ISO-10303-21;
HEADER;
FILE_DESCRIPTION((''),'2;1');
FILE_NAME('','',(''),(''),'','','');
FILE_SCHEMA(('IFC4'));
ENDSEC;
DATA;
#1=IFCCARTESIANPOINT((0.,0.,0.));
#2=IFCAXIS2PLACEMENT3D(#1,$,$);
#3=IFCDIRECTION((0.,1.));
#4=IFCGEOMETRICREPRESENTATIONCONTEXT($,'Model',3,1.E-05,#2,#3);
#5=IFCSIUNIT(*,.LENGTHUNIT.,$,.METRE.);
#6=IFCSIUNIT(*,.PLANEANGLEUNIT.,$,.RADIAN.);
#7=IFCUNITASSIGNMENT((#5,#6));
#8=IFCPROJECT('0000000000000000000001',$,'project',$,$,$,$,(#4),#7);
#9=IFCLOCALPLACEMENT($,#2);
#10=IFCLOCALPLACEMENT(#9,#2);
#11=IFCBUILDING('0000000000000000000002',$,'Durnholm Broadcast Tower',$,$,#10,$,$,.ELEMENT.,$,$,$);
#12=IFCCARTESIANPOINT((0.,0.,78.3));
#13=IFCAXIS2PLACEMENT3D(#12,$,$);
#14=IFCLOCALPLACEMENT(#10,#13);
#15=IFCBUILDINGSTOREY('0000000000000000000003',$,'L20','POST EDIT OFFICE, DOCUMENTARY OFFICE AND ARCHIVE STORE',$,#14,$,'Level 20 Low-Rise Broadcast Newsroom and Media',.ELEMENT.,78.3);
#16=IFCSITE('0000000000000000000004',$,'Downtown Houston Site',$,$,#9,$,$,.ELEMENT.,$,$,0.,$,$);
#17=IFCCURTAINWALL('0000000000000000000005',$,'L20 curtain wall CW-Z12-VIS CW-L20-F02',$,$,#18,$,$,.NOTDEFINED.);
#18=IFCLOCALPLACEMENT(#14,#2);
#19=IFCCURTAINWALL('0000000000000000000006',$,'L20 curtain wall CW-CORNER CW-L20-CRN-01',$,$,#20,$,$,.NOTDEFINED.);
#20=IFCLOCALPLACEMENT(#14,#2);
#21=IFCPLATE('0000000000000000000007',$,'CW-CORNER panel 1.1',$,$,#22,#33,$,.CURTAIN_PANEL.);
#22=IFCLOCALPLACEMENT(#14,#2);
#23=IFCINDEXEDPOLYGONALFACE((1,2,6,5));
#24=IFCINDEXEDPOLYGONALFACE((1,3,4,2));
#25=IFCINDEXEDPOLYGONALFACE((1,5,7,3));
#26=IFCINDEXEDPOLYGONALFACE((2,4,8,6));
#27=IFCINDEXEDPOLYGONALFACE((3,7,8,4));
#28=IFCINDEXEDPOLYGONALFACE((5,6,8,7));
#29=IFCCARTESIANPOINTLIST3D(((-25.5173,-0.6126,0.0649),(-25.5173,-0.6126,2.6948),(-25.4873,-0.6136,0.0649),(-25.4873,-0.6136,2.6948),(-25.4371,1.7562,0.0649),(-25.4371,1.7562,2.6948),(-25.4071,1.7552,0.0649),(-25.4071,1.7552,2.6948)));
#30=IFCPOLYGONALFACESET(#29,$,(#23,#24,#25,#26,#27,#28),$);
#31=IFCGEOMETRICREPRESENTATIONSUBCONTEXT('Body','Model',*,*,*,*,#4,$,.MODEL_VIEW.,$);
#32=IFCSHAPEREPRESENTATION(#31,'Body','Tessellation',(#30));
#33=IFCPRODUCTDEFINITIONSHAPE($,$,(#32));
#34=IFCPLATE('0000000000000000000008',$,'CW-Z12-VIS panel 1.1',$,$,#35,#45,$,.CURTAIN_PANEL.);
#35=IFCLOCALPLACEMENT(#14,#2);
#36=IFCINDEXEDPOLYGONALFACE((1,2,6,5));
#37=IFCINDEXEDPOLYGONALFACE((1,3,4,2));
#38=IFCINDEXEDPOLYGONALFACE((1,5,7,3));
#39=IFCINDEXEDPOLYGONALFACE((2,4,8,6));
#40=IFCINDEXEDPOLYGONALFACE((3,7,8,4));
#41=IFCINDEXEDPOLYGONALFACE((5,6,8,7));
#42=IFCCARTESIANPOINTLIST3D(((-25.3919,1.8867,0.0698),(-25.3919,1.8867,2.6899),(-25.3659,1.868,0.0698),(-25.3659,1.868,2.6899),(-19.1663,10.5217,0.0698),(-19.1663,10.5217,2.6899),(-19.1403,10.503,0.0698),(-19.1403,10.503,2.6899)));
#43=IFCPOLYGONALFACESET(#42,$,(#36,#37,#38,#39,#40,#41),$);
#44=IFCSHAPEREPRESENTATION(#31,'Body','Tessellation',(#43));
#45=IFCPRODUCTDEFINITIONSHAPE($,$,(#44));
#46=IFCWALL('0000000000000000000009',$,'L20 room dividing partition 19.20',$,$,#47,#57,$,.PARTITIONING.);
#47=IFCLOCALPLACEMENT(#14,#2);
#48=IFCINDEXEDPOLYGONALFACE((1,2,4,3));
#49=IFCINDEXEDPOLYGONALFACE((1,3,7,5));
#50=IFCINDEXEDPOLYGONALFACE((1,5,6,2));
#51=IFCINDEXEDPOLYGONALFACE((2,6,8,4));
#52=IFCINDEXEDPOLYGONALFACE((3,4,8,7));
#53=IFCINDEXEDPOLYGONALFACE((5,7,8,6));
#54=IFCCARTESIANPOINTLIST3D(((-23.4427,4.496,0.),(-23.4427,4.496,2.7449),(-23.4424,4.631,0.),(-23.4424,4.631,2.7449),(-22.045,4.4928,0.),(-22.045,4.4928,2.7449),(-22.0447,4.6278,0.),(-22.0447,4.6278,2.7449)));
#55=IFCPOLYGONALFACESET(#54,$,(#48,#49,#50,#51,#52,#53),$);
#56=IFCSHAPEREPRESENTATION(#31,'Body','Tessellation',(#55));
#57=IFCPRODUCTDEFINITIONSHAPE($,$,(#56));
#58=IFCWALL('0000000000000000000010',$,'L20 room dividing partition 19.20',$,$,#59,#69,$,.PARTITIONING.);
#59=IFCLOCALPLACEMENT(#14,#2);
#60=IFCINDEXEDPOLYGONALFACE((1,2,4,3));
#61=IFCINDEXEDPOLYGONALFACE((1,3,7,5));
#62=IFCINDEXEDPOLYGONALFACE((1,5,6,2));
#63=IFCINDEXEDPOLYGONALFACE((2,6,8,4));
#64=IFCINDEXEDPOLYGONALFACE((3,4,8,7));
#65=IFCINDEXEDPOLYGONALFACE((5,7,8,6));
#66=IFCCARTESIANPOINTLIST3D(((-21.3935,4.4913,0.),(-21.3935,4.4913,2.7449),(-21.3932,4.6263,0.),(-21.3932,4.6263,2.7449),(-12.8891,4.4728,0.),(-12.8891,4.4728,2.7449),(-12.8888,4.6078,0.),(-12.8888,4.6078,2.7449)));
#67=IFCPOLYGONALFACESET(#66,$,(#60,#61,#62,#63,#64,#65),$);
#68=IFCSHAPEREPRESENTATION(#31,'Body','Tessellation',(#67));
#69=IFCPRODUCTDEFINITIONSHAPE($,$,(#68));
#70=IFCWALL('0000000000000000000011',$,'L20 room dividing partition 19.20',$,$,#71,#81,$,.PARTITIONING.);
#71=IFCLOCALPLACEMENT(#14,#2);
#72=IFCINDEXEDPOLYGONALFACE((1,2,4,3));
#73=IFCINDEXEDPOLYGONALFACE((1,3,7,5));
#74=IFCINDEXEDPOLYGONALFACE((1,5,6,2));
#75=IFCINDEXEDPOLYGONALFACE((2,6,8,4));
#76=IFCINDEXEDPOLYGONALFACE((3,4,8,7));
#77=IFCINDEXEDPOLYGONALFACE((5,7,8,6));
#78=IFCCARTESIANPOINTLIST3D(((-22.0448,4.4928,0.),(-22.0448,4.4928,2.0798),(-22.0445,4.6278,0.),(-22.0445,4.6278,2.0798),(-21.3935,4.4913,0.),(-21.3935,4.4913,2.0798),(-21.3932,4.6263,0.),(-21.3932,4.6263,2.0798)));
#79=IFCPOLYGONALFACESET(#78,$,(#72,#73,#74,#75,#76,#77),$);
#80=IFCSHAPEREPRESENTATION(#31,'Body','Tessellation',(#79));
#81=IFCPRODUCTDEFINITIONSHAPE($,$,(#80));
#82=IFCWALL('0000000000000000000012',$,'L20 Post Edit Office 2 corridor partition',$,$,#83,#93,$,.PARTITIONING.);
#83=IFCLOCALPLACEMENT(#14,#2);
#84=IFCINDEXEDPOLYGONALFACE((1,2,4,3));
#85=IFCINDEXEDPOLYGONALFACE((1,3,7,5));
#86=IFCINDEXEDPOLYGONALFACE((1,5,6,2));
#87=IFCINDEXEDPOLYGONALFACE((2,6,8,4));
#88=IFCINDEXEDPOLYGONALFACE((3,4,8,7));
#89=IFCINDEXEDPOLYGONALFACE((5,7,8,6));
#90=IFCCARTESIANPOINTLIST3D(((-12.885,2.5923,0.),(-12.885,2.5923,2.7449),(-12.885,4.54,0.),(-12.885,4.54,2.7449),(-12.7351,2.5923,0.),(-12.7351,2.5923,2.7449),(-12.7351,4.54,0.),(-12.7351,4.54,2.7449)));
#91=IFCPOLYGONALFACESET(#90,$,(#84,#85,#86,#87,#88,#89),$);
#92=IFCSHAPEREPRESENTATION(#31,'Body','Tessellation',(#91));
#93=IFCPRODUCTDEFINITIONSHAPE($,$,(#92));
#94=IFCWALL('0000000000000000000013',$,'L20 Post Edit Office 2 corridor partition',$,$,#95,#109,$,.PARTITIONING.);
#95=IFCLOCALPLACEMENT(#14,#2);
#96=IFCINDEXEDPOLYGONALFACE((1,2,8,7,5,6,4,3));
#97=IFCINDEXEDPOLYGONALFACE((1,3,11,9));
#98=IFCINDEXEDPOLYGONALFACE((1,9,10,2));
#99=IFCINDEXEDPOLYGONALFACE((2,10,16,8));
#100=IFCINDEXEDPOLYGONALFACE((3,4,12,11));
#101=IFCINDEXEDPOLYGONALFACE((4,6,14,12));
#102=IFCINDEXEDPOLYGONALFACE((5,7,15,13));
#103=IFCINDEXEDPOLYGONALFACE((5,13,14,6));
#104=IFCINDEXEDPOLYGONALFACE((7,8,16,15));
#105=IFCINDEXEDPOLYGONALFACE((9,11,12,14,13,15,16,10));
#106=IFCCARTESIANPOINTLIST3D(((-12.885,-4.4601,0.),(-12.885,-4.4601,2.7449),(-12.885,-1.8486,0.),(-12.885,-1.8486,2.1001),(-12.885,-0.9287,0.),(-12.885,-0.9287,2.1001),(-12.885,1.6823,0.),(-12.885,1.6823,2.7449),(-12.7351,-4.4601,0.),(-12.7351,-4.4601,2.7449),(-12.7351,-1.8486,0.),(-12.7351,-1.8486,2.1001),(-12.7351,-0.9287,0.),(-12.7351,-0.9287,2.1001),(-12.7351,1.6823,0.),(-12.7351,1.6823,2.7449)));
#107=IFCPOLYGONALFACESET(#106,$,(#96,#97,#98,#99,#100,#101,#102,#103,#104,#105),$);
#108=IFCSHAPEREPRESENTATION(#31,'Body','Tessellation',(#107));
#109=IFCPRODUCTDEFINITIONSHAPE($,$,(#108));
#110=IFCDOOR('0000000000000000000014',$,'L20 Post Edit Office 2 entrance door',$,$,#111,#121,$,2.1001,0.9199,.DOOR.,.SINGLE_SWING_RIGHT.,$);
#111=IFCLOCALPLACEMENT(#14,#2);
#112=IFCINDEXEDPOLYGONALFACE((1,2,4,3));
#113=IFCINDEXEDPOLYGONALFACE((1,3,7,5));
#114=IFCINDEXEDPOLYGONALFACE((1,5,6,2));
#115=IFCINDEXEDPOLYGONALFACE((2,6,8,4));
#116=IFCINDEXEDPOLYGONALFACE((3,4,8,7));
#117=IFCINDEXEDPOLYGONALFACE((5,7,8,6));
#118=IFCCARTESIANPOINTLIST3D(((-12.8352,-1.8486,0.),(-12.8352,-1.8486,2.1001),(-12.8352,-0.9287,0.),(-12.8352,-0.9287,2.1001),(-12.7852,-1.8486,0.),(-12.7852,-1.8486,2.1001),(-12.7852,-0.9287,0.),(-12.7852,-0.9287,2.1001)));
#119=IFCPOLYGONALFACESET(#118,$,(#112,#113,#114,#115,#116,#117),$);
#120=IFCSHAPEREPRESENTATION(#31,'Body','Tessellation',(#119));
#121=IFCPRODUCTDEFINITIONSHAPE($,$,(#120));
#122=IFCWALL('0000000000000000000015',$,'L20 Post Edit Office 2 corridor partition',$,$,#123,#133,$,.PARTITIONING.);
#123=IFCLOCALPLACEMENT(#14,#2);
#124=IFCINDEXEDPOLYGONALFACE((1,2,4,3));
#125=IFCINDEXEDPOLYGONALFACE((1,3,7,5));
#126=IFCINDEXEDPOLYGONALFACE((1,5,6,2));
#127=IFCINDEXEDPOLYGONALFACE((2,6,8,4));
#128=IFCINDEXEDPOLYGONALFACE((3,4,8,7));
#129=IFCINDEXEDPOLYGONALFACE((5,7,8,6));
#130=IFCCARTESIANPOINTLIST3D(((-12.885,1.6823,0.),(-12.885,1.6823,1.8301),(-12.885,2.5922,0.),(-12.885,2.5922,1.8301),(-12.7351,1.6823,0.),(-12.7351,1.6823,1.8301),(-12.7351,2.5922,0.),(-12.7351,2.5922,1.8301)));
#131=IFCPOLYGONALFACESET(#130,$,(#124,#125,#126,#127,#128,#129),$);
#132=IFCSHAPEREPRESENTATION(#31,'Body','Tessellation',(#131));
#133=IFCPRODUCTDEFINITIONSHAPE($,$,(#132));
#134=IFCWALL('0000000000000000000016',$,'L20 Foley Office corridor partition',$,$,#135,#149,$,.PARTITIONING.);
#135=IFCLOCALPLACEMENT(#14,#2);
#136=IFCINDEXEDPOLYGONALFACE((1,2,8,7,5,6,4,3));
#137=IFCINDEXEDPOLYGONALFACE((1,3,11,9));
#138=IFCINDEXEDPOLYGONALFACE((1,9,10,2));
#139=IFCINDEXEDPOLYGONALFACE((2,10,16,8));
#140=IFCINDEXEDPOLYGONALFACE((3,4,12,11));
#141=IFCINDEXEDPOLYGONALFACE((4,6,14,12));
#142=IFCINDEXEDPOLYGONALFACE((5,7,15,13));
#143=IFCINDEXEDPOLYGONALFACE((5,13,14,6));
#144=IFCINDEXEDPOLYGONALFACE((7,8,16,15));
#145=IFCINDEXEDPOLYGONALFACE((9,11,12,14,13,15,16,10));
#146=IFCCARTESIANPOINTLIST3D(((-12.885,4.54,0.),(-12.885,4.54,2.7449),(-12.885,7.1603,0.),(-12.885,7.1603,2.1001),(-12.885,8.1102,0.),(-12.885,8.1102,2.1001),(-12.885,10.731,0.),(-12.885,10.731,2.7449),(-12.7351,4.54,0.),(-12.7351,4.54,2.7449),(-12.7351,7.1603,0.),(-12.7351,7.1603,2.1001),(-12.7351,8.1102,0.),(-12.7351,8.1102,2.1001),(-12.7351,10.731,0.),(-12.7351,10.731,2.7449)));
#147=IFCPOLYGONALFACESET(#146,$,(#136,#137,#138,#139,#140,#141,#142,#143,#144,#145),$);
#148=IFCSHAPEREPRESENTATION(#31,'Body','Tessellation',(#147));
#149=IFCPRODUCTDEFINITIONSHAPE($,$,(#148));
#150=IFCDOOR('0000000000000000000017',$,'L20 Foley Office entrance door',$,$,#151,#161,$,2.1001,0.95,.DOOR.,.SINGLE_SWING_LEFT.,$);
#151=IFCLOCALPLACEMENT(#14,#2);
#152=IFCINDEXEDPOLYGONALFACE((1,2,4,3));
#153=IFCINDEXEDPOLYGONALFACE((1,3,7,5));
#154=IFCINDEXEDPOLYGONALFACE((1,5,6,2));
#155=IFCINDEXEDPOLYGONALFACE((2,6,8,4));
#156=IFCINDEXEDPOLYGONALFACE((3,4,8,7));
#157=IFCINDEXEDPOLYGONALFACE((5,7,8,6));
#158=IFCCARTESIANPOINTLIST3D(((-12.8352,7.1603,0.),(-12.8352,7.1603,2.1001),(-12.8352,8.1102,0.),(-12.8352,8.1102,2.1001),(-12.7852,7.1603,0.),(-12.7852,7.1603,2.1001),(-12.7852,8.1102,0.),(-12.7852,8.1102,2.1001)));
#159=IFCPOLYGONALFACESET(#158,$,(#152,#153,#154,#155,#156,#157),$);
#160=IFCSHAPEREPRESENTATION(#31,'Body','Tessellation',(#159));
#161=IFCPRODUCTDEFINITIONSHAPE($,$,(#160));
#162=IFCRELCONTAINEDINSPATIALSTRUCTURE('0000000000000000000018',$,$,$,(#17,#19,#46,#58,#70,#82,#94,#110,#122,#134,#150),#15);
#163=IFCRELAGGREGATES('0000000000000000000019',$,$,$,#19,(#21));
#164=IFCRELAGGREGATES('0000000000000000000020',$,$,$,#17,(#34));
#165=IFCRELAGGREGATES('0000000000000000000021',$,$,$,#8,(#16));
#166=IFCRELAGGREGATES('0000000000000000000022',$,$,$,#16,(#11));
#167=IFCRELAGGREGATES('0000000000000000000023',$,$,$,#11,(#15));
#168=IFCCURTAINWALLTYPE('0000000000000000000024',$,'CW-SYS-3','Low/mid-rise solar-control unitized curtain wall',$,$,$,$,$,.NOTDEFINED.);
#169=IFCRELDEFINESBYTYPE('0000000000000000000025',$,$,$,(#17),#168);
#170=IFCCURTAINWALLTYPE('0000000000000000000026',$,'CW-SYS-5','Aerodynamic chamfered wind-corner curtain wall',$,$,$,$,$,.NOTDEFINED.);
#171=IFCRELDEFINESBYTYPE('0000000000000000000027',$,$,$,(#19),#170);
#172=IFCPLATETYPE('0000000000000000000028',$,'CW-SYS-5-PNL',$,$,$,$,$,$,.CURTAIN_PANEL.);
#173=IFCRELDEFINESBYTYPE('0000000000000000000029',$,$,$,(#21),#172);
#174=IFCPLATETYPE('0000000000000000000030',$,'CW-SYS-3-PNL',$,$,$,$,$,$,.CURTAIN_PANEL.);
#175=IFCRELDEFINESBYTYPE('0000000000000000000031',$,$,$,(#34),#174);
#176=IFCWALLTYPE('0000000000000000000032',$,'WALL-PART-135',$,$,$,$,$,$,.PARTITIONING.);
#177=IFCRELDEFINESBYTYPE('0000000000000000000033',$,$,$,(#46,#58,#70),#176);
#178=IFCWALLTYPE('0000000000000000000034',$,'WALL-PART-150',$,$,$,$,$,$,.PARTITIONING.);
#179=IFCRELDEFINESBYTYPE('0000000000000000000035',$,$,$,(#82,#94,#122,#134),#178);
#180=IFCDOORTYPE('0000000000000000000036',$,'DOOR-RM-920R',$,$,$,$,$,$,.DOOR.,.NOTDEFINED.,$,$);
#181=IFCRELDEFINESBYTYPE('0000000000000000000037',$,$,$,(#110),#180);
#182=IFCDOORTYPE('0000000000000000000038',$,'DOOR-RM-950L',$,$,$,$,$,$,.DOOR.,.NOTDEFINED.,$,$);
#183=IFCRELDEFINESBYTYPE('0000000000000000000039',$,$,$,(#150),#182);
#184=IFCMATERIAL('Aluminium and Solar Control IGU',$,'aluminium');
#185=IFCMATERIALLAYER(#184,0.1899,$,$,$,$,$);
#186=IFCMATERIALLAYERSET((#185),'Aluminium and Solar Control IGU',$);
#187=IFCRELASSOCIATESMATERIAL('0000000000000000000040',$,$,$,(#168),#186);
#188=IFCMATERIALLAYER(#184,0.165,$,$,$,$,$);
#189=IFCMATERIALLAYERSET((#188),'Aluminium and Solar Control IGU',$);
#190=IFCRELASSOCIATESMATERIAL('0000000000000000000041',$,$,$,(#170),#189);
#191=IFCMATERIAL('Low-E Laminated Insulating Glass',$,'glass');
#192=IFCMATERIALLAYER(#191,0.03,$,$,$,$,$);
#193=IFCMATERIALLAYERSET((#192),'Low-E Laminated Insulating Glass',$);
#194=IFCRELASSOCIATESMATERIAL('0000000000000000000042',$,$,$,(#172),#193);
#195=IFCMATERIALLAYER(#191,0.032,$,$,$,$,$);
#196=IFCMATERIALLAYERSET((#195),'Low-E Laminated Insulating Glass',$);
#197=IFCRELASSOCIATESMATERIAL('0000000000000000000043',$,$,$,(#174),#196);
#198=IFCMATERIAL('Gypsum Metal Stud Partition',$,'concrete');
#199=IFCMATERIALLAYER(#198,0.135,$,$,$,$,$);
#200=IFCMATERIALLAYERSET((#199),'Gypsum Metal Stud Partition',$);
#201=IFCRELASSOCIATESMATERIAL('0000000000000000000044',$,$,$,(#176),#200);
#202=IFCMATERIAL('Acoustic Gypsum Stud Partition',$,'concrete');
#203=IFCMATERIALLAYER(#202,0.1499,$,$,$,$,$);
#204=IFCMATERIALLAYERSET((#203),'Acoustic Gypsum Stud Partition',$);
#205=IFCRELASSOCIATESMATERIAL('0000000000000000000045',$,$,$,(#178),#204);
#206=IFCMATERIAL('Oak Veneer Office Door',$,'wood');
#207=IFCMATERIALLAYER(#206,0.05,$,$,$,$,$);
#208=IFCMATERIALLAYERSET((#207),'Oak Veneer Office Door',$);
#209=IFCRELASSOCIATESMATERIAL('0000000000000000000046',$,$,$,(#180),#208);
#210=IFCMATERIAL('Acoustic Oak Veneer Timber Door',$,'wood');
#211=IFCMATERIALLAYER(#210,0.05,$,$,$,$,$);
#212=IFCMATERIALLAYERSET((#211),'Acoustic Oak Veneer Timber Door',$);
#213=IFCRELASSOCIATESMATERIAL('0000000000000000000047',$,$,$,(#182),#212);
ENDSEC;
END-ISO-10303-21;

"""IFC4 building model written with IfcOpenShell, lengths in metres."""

from ifc_helpers import new_model, si_unit, direction, frame, frame_2d, origin, origin_2d, place, context, subcontext, project, spatial, rectangle, extrude, source, transform, mapped, material, layer, layer_set, type_object, type_shapes, element, fill, aggregate, save


model = new_model("IFC4")

# Units and contexts
model_context = context("Model", 3, precision=1e-05, world=origin(), true_north=direction((0.0, 1.0)))
body_context = subcontext(model_context, "Body", "Model", "MODEL_VIEW")
ifc_project = project(units=[si_unit("LENGTHUNIT", "METRE"), si_unit("PLANEANGLEUNIT", "RADIAN")], contexts=[model_context])

# Site, building, storey
site_placement = place(None, origin())
site = spatial("IfcSite", under=ifc_project, at=site_placement, Name="Downtown Houston Site", CompositionType="ELEMENT", RefElevation=0.0)
building_placement = place(site_placement, origin())
building = spatial("IfcBuilding", under=site, at=building_placement, Name="Durnholm Broadcast Tower", CompositionType="ELEMENT")
storey_placement = place(building_placement, frame((0.0, 0.0, 78.3)))
storey = spatial("IfcBuildingStorey", under=building, at=storey_placement, Name="L20", Description="POST EDIT OFFICE, DOCUMENTARY OFFICE AND ARCHIVE STORE", LongName="Level 20 Low-Rise Broadcast Newsroom and Media", CompositionType="ELEMENT", Elevation=78.3)

# Curtain wall
ifc_material_1 = material(Name="Aluminium and Solar Control IGU", Category="aluminium")
ifc_layer_1 = layer(ifc_material_1, 0.1899)
ifc_layer_set_1 = layer_set([ifc_layer_1], Name="Aluminium and Solar Control IGU")
curtain_wall_type_1 = type_object("IfcCurtainWallType", Name="CW-SYS-3", Description="Low/mid-rise solar-control unitized curtain wall", PredefinedType="NOTDEFINED", material=ifc_layer_set_1)
curtain_wall_1_placement = place(storey_placement, origin())
curtain_wall_1 = element("IfcCurtainWall", 1, at=curtain_wall_1_placement, inside=storey, type_object=curtain_wall_type_1, Name="L20 curtain wall CW-Z12-VIS CW-L20-F02", PredefinedType="NOTDEFINED")

# Curtain wall
ifc_layer_2 = layer(ifc_material_1, 0.165)
ifc_layer_set_2 = layer_set([ifc_layer_2], Name="Aluminium and Solar Control IGU")
curtain_wall_type_2 = type_object("IfcCurtainWallType", Name="CW-SYS-5", Description="Aerodynamic chamfered wind-corner curtain wall", PredefinedType="NOTDEFINED", material=ifc_layer_set_2)
curtain_wall_2_placement = place(storey_placement, origin())
curtain_wall_2 = element("IfcCurtainWall", 2, at=curtain_wall_2_placement, inside=storey, type_object=curtain_wall_type_2, Name="L20 curtain wall CW-CORNER CW-L20-CRN-01", PredefinedType="NOTDEFINED")

# Plates
ifc_material_2 = material(Name="Low-E Laminated Insulating Glass", Category="glass")
ifc_layer_3 = layer(ifc_material_2, 0.03)
ifc_layer_set_3 = layer_set([ifc_layer_3], Name="Low-E Laminated Insulating Glass")
plate_type_1 = type_object("IfcPlateType", Name="CW-SYS-5-PNL", PredefinedType="CURTAIN_PANEL", material=ifc_layer_set_3)
shared_shape_1 = source(origin(), body_context, "Body", "SweptSolid", [
    extrude(rectangle(XDim=2.3701, YDim=0.03, at=origin_2d()), origin(), (0.0, 0.0, 1.0), 2.6299),
])
type_shapes(plate_type_1, [shared_shape_1])
plate_1_placement = place(storey_placement, frame((-25.4622, 0.5713, 0.0649), z_axis=(0.0, 0.0, 1.0), x_axis=(0.03384, 0.999427, 0.0)))
plate_1 = element("IfcPlate", 3, at=plate_1_placement, type_object=plate_type_1, Name="CW-CORNER panel 1.1", PredefinedType="CURTAIN_PANEL", context=body_context, shape_type="MappedRepresentation", body=[
    mapped(shared_shape_1, transform((0.0, 0.0, 0.0), x_axis=(1.0, 0.0, 0.0), y_axis=(0.0, 1.0, 0.0), z_axis=(0.0, 0.0, 1.0), scale=1.0)),
])
aggregate(curtain_wall_2, [plate_1])
ifc_layer_4 = layer(ifc_material_2, 0.032)
ifc_layer_set_4 = layer_set([ifc_layer_4], Name="Low-E Laminated Insulating Glass")
plate_type_2 = type_object("IfcPlateType", Name="CW-SYS-3-PNL", PredefinedType="CURTAIN_PANEL", material=ifc_layer_set_4)
shared_shape_2 = source(origin(), body_context, "Body", "SweptSolid", [
    extrude(rectangle(XDim=10.6453, YDim=0.032, at=origin_2d()), origin(), (0.0, 0.0, 1.0), 2.6201),
])
type_shapes(plate_type_2, [shared_shape_2])
plate_2_placement = place(storey_placement, frame((-22.2661, 6.1948, 0.0698), z_axis=(0.0, 0.0, 1.0), x_axis=(0.584823, 0.811161, 0.0)))
plate_2 = element("IfcPlate", 4, at=plate_2_placement, type_object=plate_type_2, Name="CW-Z12-VIS panel 1.1", PredefinedType="CURTAIN_PANEL", context=body_context, shape_type="MappedRepresentation", body=[
    mapped(shared_shape_2, transform((0.0, 0.0, 0.0), x_axis=(1.0, 0.0, 0.0), y_axis=(0.0, 1.0, 0.0), z_axis=(0.0, 0.0, 1.0), scale=1.0)),
])
aggregate(curtain_wall_1, [plate_2])

# Walls
ifc_material_3 = material(Name="Gypsum Metal Stud Partition", Category="concrete")
ifc_layer_5 = layer(ifc_material_3, 0.135)
ifc_layer_set_5 = layer_set([ifc_layer_5], Name="Gypsum Metal Stud Partition")
wall_type_1 = type_object("IfcWallType", Name="WALL-PART-135", PredefinedType="PARTITIONING", material=ifc_layer_set_5)
wall_1_placement = place(storey_placement, frame((-23.4424, 4.5635, 0.0), z_axis=(0.0, 0.0, 1.0), x_axis=(0.999997, -0.002271, 0.0)))
element("IfcWall", 5, at=wall_1_placement, inside=storey, type_object=wall_type_1, Name="L20 room dividing partition 19.20", PredefinedType="PARTITIONING", context=body_context, shape_type="SweptSolid", body=[
    extrude(rectangle(XDim=1.3977, YDim=0.135, at=frame_2d((0.6987, 0.0))), origin(), (0.0, 0.0, 1.0), 2.7449),
])
wall_2_placement = place(storey_placement, frame((-21.3933, 4.5588, 0.0), z_axis=(0.0, 0.0, 1.0), x_axis=(0.999998, -0.002182, 0.0)))
element("IfcWall", 6, at=wall_2_placement, inside=storey, type_object=wall_type_1, Name="L20 room dividing partition 19.20", PredefinedType="PARTITIONING", context=body_context, shape_type="SweptSolid", body=[
    extrude(rectangle(XDim=8.5044, YDim=0.135, at=frame_2d((4.2522, 0.0))), origin(), (0.0, 0.0, 1.0), 2.7449),
])
wall_3_placement = place(storey_placement, frame((-22.0447, 4.5603, 0.0), z_axis=(0.0, 0.0, 1.0), x_axis=(0.999997, -0.002249, 0.0)))
element("IfcWall", 7, at=wall_3_placement, inside=storey, type_object=wall_type_1, Name="L20 room dividing partition 19.20", PredefinedType="PARTITIONING", context=body_context, shape_type="SweptSolid", body=[
    extrude(rectangle(XDim=0.6514, YDim=0.135, at=frame_2d((0.3257, 0.0))), origin(), (0.0, 0.0, 1.0), 2.0798),
])
ifc_material_4 = material(Name="Acoustic Gypsum Stud Partition", Category="concrete")
ifc_layer_6 = layer(ifc_material_4, 0.1499)
ifc_layer_set_6 = layer_set([ifc_layer_6], Name="Acoustic Gypsum Stud Partition")
wall_type_2 = type_object("IfcWallType", Name="WALL-PART-150", PredefinedType="PARTITIONING", material=ifc_layer_set_6)
wall_4_placement = place(storey_placement, frame((-12.8101, 4.54, 0.0), z_axis=(0.0, 0.0, 1.0), x_axis=(0.0, -1.0, 0.0)))
element("IfcWall", 8, at=wall_4_placement, inside=storey, type_object=wall_type_2, Name="L20 Post Edit Office 2 corridor partition", PredefinedType="PARTITIONING", context=body_context, shape_type="SweptSolid", body=[
    extrude(rectangle(XDim=1.9478, YDim=0.1499, at=frame_2d((0.9739, 0.0))), origin(), (0.0, 0.0, 1.0), 2.7449),
])

# Wall, opening, door
wall_5_placement = place(storey_placement, frame((-12.8101, 1.6824, 0.0), z_axis=(0.0, 0.0, 1.0), x_axis=(0.0, -1.0, 0.0)))
wall_5 = element("IfcWall", 9, at=wall_5_placement, inside=storey, type_object=wall_type_2, Name="L20 Post Edit Office 2 corridor partition", PredefinedType="PARTITIONING", context=body_context, shape_type="SweptSolid", body=[
    extrude(rectangle(XDim=6.1423, YDim=0.1499, at=frame_2d((3.0713, 0.0))), origin(), (0.0, 0.0, 1.0), 2.7449),
])
opening_1_placement = place(wall_5_placement, frame((2.6111, 0.0, 0.0)))
opening_1 = element("IfcOpeningElement", 10, at=opening_1_placement, cuts=wall_5, PredefinedType="OPENING", context=body_context, shape_type="SweptSolid", body=[
    extrude(rectangle(XDim=0.9199, YDim=2.1001, at=frame_2d((0.46, 1.05))), frame((0.0, 0.085, 0.0), z_axis=(0.0, -1.0, 0.0), x_axis=(1.0, 0.0, 0.0)), (0.0, 0.0, 1.0), 0.1699),
])
ifc_material_5 = material(Name="Oak Veneer Office Door", Category="wood")
ifc_layer_7 = layer(ifc_material_5, 0.05)
ifc_layer_set_7 = layer_set([ifc_layer_7], Name="Oak Veneer Office Door")
door_type_1 = type_object("IfcDoorType", Name="DOOR-RM-920R", OperationType="NOTDEFINED", PredefinedType="DOOR", material=ifc_layer_set_7)
shared_shape_3 = source(origin(), body_context, "Body", "SweptSolid", [
    extrude(rectangle(XDim=0.9199, YDim=2.1001, at=frame_2d((0.46, 1.05))), frame((0.0, 0.0249, 0.0), z_axis=(0.0, -1.0, 0.0), x_axis=(1.0, 0.0, 0.0)), (0.0, 0.0, 1.0), 0.05),
])
type_shapes(door_type_1, [shared_shape_3])
door_1_placement = place(opening_1_placement, origin())
door_1 = element("IfcDoor", 11, at=door_1_placement, inside=storey, type_object=door_type_1, Name="L20 Post Edit Office 2 entrance door", OperationType="SINGLE_SWING_RIGHT", OverallHeight=2.1001, OverallWidth=0.9199, PredefinedType="DOOR", context=body_context, shape_type="MappedRepresentation", body=[
    mapped(shared_shape_3, transform((0.0, 0.0, 0.0), x_axis=(1.0, 0.0, 0.0), y_axis=(0.0, 1.0, 0.0), z_axis=(0.0, 0.0, 1.0), scale=1.0)),
])
fill(opening_1, door_1)

# Wall
wall_6_placement = place(storey_placement, frame((-12.8101, 2.5923, 0.0), z_axis=(0.0, 0.0, 1.0), x_axis=(0.0, -1.0, 0.0)))
element("IfcWall", 12, at=wall_6_placement, inside=storey, type_object=wall_type_2, Name="L20 Post Edit Office 2 corridor partition", PredefinedType="PARTITIONING", context=body_context, shape_type="SweptSolid", body=[
    extrude(rectangle(XDim=0.9099, YDim=0.1499, at=frame_2d((0.4551, 0.0))), origin(), (0.0, 0.0, 1.0), 1.8301),
])

# Wall, opening, door
wall_7_placement = place(storey_placement, frame((-12.8101, 10.731, 0.0), z_axis=(0.0, 0.0, 1.0), x_axis=(0.0, -1.0, 0.0)))
wall_7 = element("IfcWall", 13, at=wall_7_placement, inside=storey, type_object=wall_type_2, Name="L20 Foley Office corridor partition", PredefinedType="PARTITIONING", context=body_context, shape_type="SweptSolid", body=[
    extrude(rectangle(XDim=6.1909, YDim=0.1499, at=frame_2d((3.0955, 0.0))), origin(), (0.0, 0.0, 1.0), 2.7449),
])
opening_2_placement = place(wall_7_placement, frame((2.6206, 0.0, 0.0)))
opening_2 = element("IfcOpeningElement", 14, at=opening_2_placement, cuts=wall_7, PredefinedType="OPENING", context=body_context, shape_type="SweptSolid", body=[
    extrude(rectangle(XDim=0.95, YDim=2.1001, at=frame_2d((0.4751, 1.05))), frame((0.0, 0.085, 0.0), z_axis=(0.0, -1.0, 0.0), x_axis=(1.0, 0.0, 0.0)), (0.0, 0.0, 1.0), 0.1699),
])
ifc_material_6 = material(Name="Acoustic Oak Veneer Timber Door", Category="wood")
ifc_layer_8 = layer(ifc_material_6, 0.05)
ifc_layer_set_8 = layer_set([ifc_layer_8], Name="Acoustic Oak Veneer Timber Door")
door_type_2 = type_object("IfcDoorType", Name="DOOR-RM-950L", OperationType="NOTDEFINED", PredefinedType="DOOR", material=ifc_layer_set_8)
shared_shape_4 = source(origin(), body_context, "Body", "SweptSolid", [
    extrude(rectangle(XDim=0.95, YDim=2.1001, at=frame_2d((0.4751, 1.05))), frame((0.0, 0.0249, 0.0), z_axis=(0.0, -1.0, 0.0), x_axis=(1.0, 0.0, 0.0)), (0.0, 0.0, 1.0), 0.05),
])
type_shapes(door_type_2, [shared_shape_4])
door_2_placement = place(opening_2_placement, origin())
door_2 = element("IfcDoor", 15, at=door_2_placement, inside=storey, type_object=door_type_2, Name="L20 Foley Office entrance door", OperationType="SINGLE_SWING_LEFT", OverallHeight=2.1001, OverallWidth=0.95, PredefinedType="DOOR", context=body_context, shape_type="MappedRepresentation", body=[
    mapped(shared_shape_4, transform((0.0, 0.0, 0.0), x_axis=(1.0, 0.0, 0.0), y_axis=(0.0, 1.0, 0.0), z_axis=(0.0, 0.0, 1.0), scale=1.0)),
])
fill(opening_2, door_2)

save(model, "model.ifc")
